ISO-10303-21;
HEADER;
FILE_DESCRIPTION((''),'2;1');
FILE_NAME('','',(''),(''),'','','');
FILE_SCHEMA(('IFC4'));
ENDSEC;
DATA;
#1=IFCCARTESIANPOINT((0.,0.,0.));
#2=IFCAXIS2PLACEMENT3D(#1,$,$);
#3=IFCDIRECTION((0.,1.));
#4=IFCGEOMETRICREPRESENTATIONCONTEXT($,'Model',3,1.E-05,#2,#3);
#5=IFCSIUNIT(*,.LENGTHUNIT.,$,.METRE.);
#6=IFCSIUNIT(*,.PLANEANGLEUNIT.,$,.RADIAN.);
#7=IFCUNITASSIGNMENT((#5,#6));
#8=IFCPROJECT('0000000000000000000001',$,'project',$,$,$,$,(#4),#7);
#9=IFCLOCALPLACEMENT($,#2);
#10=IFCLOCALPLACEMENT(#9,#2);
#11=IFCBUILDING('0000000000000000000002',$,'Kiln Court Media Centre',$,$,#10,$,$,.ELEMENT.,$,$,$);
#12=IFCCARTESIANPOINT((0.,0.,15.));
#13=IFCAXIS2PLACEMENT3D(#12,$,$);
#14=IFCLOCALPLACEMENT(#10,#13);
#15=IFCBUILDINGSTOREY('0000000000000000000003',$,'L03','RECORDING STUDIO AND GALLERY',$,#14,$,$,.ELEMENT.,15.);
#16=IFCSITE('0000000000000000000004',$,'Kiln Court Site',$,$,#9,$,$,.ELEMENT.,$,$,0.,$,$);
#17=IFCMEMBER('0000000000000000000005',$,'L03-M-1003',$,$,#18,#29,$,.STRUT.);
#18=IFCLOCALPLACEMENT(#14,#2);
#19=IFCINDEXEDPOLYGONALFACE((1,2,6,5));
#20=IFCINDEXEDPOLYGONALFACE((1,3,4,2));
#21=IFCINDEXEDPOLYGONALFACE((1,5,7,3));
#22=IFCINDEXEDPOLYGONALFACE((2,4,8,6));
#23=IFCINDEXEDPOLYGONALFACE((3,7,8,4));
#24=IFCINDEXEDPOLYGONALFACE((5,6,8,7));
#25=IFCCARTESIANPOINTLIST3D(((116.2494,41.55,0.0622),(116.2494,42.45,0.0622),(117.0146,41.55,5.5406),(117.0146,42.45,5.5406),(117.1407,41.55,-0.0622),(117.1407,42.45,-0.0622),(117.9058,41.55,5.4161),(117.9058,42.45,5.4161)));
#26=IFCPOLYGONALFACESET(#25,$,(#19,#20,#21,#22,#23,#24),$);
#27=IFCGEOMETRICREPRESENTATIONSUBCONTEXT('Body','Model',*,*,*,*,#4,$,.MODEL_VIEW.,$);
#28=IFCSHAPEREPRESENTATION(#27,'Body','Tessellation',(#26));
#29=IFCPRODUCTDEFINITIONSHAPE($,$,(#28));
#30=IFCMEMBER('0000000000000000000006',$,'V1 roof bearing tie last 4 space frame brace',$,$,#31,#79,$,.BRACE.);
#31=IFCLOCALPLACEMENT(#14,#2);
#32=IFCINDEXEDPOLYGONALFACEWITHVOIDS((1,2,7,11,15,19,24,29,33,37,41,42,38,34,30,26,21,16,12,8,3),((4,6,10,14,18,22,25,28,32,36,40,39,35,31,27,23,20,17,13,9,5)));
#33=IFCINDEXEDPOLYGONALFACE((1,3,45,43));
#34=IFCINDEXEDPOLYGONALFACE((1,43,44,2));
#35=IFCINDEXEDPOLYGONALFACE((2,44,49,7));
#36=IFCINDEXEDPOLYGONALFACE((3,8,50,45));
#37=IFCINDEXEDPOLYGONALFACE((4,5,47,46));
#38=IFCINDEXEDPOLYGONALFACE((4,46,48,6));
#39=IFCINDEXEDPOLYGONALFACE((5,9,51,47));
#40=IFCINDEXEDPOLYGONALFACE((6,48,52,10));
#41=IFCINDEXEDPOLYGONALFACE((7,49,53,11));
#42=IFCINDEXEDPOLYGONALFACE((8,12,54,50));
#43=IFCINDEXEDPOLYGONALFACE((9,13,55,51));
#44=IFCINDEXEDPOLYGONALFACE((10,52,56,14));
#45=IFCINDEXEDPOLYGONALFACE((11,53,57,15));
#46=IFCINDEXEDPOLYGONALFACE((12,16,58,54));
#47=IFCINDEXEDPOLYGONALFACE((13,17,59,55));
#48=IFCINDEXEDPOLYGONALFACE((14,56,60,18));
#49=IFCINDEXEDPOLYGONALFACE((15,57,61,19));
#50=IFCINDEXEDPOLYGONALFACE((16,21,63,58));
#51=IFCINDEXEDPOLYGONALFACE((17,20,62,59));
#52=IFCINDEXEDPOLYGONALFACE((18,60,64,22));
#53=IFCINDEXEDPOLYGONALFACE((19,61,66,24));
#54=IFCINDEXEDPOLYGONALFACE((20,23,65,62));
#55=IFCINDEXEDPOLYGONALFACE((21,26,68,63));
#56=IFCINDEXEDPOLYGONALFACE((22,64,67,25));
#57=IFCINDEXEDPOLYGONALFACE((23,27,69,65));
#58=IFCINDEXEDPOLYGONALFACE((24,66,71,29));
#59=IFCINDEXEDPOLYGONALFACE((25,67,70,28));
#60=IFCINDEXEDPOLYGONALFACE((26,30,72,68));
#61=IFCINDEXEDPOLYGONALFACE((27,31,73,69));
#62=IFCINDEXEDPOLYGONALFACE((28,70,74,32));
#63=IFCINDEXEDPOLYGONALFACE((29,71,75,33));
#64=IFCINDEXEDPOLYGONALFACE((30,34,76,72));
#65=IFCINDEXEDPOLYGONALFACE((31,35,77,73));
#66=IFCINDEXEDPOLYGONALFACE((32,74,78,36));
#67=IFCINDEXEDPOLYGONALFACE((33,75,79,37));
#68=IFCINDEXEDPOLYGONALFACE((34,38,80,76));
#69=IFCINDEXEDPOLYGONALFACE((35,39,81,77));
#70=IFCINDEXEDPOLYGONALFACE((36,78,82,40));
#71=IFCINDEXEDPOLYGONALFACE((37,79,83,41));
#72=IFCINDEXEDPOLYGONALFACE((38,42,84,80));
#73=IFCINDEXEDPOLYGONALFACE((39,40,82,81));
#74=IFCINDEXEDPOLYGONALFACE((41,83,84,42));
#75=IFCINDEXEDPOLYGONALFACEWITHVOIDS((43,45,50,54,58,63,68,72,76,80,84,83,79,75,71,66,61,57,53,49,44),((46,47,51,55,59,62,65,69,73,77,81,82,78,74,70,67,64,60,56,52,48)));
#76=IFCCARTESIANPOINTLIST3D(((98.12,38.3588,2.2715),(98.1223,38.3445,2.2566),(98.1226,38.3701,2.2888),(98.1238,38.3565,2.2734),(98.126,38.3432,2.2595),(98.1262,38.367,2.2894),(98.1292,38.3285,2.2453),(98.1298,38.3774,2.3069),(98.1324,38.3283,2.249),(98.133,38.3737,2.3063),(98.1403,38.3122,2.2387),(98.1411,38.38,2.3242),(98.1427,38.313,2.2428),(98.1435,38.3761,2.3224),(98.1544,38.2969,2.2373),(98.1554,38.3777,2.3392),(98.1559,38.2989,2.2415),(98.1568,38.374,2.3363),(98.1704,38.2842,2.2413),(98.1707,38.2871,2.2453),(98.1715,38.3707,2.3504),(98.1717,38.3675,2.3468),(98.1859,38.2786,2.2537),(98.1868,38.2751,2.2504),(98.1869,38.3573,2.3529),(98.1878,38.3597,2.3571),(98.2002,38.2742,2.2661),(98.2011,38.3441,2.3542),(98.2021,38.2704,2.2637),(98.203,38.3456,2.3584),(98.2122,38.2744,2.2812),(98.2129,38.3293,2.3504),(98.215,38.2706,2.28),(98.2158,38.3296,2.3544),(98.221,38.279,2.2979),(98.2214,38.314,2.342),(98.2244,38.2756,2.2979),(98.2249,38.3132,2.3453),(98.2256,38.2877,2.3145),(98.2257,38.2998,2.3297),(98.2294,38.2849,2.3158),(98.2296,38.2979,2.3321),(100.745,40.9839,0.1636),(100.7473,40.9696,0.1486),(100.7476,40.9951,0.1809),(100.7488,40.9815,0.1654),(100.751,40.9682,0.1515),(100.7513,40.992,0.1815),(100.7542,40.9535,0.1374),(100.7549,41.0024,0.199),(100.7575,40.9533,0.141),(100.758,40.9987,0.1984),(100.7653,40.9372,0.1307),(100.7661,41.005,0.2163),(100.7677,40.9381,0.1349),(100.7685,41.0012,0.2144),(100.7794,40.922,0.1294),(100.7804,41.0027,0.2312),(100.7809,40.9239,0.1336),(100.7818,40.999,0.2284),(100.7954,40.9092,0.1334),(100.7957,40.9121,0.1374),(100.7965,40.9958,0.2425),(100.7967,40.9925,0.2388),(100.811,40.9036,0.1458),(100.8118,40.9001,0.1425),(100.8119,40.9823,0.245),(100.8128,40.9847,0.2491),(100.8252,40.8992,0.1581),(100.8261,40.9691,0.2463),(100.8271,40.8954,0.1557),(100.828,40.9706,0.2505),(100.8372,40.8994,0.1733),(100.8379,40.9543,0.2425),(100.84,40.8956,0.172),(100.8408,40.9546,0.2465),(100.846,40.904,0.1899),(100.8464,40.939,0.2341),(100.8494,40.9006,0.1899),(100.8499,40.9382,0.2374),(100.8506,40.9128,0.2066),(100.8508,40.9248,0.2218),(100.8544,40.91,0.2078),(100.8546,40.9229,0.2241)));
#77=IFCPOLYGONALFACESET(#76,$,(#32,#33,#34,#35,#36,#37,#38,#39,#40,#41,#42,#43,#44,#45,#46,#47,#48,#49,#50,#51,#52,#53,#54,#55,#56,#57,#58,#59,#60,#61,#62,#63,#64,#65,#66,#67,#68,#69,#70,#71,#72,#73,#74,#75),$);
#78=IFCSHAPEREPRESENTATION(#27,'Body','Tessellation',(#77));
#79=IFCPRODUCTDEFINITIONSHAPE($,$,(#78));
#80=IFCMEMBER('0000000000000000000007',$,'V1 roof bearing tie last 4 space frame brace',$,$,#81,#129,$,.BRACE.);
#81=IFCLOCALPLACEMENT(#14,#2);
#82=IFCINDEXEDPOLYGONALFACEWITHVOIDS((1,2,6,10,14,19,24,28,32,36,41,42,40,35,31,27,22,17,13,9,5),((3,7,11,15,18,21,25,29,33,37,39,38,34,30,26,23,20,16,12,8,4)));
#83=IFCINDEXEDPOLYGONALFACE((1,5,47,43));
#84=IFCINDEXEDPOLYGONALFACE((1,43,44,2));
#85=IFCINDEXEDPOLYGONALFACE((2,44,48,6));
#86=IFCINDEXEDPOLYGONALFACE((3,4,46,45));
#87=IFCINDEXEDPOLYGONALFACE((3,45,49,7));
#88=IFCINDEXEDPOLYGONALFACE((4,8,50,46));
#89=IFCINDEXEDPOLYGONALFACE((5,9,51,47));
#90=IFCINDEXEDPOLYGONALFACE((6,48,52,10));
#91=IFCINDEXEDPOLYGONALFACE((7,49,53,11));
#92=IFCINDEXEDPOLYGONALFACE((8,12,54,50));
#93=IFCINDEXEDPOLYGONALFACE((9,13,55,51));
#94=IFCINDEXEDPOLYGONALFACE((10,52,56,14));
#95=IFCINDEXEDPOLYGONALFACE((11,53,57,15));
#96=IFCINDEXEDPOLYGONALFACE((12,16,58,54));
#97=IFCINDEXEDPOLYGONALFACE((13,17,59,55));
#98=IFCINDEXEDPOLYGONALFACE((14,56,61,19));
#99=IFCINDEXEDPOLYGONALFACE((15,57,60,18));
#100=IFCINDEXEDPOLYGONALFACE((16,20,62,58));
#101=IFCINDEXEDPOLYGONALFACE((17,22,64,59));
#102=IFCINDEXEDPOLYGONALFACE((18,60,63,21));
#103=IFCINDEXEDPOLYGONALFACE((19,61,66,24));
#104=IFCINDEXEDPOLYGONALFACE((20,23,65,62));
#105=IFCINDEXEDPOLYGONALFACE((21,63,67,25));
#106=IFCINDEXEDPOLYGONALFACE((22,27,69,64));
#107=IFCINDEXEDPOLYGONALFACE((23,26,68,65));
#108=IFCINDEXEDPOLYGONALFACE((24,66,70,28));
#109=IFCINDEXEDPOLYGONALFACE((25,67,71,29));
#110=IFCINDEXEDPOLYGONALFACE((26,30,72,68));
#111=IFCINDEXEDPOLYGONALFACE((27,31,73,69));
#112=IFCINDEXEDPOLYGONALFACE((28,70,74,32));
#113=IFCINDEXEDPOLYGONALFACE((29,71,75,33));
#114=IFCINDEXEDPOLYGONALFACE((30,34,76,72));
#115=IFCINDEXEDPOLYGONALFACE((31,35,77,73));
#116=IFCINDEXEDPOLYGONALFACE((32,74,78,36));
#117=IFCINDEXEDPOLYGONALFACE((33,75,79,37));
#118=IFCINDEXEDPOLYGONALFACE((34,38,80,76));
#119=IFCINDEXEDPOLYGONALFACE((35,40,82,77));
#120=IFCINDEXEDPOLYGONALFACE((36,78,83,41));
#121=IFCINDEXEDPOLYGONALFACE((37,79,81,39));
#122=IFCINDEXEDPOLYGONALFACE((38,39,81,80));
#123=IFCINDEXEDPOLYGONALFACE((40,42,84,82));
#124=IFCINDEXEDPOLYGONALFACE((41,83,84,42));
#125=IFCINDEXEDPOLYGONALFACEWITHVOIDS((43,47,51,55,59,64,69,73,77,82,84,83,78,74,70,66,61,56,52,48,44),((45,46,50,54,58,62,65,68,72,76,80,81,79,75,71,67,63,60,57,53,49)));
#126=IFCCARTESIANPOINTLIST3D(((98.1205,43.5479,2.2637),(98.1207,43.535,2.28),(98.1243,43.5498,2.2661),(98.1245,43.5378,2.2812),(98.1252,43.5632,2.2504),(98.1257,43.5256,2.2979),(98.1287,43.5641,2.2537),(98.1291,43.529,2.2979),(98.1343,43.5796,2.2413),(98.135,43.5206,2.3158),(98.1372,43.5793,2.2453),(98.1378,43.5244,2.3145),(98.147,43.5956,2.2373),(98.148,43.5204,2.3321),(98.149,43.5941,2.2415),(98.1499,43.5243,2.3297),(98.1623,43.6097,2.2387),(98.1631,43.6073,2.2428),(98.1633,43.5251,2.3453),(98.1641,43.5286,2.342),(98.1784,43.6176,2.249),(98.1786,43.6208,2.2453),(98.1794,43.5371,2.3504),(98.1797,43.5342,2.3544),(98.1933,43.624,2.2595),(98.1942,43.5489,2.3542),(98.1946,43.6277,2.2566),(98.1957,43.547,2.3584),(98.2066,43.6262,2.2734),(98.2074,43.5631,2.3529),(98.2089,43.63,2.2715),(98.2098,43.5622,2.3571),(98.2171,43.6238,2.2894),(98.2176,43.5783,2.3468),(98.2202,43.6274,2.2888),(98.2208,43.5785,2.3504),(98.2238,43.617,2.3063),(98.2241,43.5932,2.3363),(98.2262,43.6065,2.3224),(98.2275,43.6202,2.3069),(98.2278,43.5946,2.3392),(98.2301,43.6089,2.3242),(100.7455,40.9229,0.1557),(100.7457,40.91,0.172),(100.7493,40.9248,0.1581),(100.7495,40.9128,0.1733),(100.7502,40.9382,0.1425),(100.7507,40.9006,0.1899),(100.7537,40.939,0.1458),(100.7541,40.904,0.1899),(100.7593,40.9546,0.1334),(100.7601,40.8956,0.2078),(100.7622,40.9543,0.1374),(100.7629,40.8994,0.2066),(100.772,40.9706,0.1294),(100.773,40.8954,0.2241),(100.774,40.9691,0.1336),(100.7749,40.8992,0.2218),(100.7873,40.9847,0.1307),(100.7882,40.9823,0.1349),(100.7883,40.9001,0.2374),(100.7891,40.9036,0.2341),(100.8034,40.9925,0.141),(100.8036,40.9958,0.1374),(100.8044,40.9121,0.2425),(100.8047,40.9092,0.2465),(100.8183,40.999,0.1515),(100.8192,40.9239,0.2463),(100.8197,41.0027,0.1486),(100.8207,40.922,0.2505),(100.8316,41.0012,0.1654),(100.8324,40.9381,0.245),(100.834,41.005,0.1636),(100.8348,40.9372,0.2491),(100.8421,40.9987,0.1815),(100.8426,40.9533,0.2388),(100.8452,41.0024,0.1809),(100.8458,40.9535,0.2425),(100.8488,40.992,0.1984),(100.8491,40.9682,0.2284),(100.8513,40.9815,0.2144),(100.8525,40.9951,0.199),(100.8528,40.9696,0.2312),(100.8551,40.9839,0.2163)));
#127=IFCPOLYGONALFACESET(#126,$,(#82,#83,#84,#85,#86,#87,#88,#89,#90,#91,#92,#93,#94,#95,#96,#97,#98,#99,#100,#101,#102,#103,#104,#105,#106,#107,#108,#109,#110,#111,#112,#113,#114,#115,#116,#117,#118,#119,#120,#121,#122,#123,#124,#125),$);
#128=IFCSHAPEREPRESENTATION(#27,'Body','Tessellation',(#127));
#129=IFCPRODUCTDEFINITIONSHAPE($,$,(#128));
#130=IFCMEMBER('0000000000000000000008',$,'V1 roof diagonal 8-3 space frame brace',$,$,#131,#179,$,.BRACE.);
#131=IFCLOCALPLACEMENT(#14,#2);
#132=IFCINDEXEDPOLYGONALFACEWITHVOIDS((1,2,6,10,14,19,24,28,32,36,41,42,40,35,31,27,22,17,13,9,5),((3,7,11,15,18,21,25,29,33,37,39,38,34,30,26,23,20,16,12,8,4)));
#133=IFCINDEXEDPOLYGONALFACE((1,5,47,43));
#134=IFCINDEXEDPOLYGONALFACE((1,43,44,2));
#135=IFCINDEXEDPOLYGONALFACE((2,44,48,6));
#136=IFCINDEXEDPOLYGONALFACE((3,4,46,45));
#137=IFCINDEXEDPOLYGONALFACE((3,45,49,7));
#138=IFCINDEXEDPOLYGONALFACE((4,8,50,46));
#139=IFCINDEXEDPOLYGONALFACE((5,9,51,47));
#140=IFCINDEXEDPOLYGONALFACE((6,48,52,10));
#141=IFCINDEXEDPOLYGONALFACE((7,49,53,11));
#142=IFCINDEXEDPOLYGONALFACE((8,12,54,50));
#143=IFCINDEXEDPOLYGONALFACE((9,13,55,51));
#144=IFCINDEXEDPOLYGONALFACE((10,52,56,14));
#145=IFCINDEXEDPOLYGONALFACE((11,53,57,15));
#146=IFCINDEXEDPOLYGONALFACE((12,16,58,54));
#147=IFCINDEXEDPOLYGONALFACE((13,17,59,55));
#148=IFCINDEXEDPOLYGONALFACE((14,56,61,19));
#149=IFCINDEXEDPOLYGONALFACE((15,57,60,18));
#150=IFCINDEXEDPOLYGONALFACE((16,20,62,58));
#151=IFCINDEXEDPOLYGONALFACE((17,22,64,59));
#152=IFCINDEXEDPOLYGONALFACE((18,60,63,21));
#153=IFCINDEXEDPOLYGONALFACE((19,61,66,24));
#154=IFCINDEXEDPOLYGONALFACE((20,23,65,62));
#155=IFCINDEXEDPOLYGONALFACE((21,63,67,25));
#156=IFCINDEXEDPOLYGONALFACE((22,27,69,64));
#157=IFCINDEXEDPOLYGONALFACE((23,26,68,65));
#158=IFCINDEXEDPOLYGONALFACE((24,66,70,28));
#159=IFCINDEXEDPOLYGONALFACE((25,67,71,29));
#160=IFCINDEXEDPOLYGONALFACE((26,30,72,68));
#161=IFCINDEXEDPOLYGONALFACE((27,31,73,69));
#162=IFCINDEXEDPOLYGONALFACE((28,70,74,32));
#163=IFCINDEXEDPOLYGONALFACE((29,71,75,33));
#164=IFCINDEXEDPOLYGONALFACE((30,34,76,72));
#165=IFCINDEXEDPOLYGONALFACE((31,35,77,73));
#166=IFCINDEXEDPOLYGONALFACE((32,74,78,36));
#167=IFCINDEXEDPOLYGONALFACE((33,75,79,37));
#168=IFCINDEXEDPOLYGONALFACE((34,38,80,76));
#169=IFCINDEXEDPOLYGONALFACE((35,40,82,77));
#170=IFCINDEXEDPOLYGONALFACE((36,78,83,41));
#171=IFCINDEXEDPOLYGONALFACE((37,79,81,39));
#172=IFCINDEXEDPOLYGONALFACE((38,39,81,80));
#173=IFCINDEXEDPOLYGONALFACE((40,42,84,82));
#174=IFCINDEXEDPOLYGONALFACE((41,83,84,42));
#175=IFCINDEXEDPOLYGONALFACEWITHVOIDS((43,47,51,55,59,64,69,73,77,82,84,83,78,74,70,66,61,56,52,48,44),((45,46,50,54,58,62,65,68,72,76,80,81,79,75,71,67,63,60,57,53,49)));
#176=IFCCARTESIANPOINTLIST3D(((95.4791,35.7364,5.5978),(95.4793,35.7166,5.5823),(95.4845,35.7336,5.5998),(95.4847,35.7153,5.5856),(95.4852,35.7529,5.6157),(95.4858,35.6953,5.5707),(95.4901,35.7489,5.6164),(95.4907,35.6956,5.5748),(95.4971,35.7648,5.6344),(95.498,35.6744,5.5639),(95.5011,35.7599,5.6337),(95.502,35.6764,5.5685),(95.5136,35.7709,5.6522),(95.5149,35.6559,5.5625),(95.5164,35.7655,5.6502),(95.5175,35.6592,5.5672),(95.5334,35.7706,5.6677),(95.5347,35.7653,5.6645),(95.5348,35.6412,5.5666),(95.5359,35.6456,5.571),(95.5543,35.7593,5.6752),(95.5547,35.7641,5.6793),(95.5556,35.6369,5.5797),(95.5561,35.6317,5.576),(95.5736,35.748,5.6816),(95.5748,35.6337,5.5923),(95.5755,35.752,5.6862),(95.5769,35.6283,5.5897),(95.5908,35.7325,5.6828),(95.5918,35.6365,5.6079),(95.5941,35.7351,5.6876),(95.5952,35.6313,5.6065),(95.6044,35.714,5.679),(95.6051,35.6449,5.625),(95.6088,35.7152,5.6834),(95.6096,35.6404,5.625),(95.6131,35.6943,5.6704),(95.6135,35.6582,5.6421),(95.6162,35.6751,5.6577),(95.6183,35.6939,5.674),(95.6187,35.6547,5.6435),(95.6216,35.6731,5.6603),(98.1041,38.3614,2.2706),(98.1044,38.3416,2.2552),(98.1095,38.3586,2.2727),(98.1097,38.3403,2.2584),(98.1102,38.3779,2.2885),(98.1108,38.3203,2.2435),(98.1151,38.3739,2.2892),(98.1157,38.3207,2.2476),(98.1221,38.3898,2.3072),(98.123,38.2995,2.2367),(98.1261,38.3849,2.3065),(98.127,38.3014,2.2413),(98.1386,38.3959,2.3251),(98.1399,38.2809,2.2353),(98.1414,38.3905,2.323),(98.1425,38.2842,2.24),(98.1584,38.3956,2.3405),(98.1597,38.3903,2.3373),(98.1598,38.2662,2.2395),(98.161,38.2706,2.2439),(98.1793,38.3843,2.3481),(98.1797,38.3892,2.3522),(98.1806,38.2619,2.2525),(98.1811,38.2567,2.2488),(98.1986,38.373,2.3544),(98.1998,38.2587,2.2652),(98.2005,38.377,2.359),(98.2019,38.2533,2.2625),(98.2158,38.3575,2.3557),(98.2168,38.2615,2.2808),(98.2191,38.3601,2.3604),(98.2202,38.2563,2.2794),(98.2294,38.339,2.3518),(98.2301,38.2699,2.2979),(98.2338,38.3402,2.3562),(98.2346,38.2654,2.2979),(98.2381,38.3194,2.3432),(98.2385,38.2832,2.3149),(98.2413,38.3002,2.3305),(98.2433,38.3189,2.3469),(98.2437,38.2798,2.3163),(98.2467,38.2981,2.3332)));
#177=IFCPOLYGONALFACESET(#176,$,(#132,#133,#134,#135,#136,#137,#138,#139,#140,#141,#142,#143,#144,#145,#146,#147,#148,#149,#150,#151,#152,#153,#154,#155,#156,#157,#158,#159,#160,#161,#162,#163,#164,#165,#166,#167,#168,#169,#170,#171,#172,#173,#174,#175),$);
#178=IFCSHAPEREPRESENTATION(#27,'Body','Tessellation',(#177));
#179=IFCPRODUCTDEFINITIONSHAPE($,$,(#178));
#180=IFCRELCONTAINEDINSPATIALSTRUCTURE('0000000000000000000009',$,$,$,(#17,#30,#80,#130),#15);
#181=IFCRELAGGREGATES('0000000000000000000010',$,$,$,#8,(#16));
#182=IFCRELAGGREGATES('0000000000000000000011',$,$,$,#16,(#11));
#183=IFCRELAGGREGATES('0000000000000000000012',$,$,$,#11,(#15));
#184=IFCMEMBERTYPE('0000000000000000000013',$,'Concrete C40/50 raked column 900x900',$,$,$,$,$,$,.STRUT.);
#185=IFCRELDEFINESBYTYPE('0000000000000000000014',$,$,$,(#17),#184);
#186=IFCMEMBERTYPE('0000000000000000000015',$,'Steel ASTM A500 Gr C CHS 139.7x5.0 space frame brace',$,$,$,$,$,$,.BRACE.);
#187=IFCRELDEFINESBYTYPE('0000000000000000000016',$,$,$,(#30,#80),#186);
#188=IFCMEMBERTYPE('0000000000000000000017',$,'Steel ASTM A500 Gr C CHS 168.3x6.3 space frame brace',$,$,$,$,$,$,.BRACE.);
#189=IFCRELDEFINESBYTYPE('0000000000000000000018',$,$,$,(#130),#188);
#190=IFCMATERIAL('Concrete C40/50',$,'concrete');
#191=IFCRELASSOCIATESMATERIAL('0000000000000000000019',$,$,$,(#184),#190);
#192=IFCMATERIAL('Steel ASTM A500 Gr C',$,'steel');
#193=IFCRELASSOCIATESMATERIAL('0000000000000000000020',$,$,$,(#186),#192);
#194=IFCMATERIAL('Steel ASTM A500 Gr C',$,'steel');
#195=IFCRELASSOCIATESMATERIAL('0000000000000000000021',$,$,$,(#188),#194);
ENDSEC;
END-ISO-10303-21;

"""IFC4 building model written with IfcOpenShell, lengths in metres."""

from ifc_helpers import new_model, si_unit, direction, frame, origin, origin_2d, place, context, subcontext, project, spatial, rectangle, hollow_circle, extrude, material, material_profile, profile_set, type_object, element, save


model = new_model("IFC4")

# Units and contexts
model_context = context("Model", 3, precision=1e-05, world=origin(), true_north=direction((0.0, 1.0)))
body_context = subcontext(model_context, "Body", "Model", "MODEL_VIEW")
ifc_project = project(units=[si_unit("LENGTHUNIT", "METRE"), si_unit("PLANEANGLEUNIT", "RADIAN")], contexts=[model_context])

# Site, building, storey
site_placement = place(None, origin())
site = spatial("IfcSite", under=ifc_project, at=site_placement, Name="Kiln Court Site", CompositionType="ELEMENT", RefElevation=0.0)
building_placement = place(site_placement, origin())
building = spatial("IfcBuilding", under=site, at=building_placement, Name="Kiln Court Media Centre", CompositionType="ELEMENT")
storey_placement = place(building_placement, frame((0.0, 0.0, 15.0)))
storey = spatial("IfcBuildingStorey", under=building, at=storey_placement, Name="L03", Description="RECORDING STUDIO AND GALLERY", CompositionType="ELEMENT", Elevation=15.0)

# Members
ifc_material_1 = material(Name="Concrete C40/50", Category="concrete")
ifc_material_profile_1 = material_profile(ifc_material_1, rectangle(XDim=0.8999, YDim=0.8999, at=origin_2d()), Name="RC 900x900")
ifc_profile_set_1 = profile_set([ifc_material_profile_1], Name="Concrete C40/50")
member_type_1 = type_object("IfcMemberType", Name="Concrete C40/50 raked column 900x900", PredefinedType="STRUT", material=ifc_profile_set_1)
member_1_placement = place(storey_placement, frame((116.6951, 42.0, 0.0), z_axis=(0.138325, 0.0, 0.990387), x_axis=(0.0, 1.0, 0.0)))
element("IfcMember", 1, at=member_1_placement, inside=storey, type_object=member_type_1, Name="L03-M-1003", PredefinedType="STRUT", context=body_context, shape_type="SweptSolid", body=[
    extrude(rectangle(XDim=0.8999, YDim=0.8999, at=origin_2d()), origin(), (0.0, 0.0, 1.0), 5.5315),
])
ifc_material_2 = material(Name="Steel ASTM A500 Gr C", Category="steel")
ifc_material_profile_2 = material_profile(ifc_material_2, hollow_circle(Radius=0.0698, WallThickness=0.0049, at=origin_2d()), Name="CHS 139.7x5.0")
ifc_profile_set_2 = profile_set([ifc_material_profile_2], Name="Steel ASTM A500 Gr C")
member_type_2 = type_object("IfcMemberType", Name="Steel ASTM A500 Gr C CHS 139.7x5.0 space frame brace", PredefinedType="BRACE", material=ifc_profile_set_2)
for number, where, z_axis, x_axis, name in (
    (2, (100.8, 40.95, 0.1899), (-0.614895, -0.614895, 0.493769), (0.707107, -0.707107, 0.0), "V1 roof bearing tie last 4 space frame brace"),
    (3, (100.8, 40.95, 0.1899), (-0.614895, 0.614895, 0.493769), (-0.707107, -0.707107, 0.0), "V1 roof bearing tie last 4 space frame brace"),
):
    element("IfcMember", number, at=place(storey_placement, frame(where, z_axis=z_axis, x_axis=x_axis)), inside=storey, type_object=member_type_2, Name=name, PredefinedType="BRACE", context=body_context, shape_type="SweptSolid", body=[
        extrude(hollow_circle(Radius=0.0698, WallThickness=0.0049, at=origin_2d()), origin(), (0.0, 0.0, 1.0), 4.269),
    ])
ifc_material_3 = material(Name="Steel ASTM A500 Gr C", Category="steel")
ifc_material_profile_3 = material_profile(ifc_material_3, hollow_circle(Radius=0.0842, WallThickness=0.0063, at=origin_2d()), Name="CHS 168.3x6.3")
ifc_profile_set_3 = profile_set([ifc_material_profile_3], Name="Steel ASTM A500 Gr C")
member_type_3 = type_object("IfcMemberType", Name="Steel ASTM A500 Gr C CHS 168.3x6.3 space frame brace", PredefinedType="BRACE", material=ifc_profile_set_3)
member_2_placement = place(storey_placement, frame((98.175, 38.325, 2.2979), z_axis=(-0.52657, -0.52657, 0.667419), x_axis=(0.707107, -0.707107, 0.0)))
element("IfcMember", 4, at=member_2_placement, inside=storey, type_object=member_type_3, Name="V1 roof diagonal 8-3 space frame brace", PredefinedType="BRACE", context=body_context, shape_type="SweptSolid", body=[
    extrude(hollow_circle(Radius=0.0842, WallThickness=0.0063, at=origin_2d()), origin(), (0.0, 0.0, 1.0), 4.9851),
])

save(model, "model.ifc")
